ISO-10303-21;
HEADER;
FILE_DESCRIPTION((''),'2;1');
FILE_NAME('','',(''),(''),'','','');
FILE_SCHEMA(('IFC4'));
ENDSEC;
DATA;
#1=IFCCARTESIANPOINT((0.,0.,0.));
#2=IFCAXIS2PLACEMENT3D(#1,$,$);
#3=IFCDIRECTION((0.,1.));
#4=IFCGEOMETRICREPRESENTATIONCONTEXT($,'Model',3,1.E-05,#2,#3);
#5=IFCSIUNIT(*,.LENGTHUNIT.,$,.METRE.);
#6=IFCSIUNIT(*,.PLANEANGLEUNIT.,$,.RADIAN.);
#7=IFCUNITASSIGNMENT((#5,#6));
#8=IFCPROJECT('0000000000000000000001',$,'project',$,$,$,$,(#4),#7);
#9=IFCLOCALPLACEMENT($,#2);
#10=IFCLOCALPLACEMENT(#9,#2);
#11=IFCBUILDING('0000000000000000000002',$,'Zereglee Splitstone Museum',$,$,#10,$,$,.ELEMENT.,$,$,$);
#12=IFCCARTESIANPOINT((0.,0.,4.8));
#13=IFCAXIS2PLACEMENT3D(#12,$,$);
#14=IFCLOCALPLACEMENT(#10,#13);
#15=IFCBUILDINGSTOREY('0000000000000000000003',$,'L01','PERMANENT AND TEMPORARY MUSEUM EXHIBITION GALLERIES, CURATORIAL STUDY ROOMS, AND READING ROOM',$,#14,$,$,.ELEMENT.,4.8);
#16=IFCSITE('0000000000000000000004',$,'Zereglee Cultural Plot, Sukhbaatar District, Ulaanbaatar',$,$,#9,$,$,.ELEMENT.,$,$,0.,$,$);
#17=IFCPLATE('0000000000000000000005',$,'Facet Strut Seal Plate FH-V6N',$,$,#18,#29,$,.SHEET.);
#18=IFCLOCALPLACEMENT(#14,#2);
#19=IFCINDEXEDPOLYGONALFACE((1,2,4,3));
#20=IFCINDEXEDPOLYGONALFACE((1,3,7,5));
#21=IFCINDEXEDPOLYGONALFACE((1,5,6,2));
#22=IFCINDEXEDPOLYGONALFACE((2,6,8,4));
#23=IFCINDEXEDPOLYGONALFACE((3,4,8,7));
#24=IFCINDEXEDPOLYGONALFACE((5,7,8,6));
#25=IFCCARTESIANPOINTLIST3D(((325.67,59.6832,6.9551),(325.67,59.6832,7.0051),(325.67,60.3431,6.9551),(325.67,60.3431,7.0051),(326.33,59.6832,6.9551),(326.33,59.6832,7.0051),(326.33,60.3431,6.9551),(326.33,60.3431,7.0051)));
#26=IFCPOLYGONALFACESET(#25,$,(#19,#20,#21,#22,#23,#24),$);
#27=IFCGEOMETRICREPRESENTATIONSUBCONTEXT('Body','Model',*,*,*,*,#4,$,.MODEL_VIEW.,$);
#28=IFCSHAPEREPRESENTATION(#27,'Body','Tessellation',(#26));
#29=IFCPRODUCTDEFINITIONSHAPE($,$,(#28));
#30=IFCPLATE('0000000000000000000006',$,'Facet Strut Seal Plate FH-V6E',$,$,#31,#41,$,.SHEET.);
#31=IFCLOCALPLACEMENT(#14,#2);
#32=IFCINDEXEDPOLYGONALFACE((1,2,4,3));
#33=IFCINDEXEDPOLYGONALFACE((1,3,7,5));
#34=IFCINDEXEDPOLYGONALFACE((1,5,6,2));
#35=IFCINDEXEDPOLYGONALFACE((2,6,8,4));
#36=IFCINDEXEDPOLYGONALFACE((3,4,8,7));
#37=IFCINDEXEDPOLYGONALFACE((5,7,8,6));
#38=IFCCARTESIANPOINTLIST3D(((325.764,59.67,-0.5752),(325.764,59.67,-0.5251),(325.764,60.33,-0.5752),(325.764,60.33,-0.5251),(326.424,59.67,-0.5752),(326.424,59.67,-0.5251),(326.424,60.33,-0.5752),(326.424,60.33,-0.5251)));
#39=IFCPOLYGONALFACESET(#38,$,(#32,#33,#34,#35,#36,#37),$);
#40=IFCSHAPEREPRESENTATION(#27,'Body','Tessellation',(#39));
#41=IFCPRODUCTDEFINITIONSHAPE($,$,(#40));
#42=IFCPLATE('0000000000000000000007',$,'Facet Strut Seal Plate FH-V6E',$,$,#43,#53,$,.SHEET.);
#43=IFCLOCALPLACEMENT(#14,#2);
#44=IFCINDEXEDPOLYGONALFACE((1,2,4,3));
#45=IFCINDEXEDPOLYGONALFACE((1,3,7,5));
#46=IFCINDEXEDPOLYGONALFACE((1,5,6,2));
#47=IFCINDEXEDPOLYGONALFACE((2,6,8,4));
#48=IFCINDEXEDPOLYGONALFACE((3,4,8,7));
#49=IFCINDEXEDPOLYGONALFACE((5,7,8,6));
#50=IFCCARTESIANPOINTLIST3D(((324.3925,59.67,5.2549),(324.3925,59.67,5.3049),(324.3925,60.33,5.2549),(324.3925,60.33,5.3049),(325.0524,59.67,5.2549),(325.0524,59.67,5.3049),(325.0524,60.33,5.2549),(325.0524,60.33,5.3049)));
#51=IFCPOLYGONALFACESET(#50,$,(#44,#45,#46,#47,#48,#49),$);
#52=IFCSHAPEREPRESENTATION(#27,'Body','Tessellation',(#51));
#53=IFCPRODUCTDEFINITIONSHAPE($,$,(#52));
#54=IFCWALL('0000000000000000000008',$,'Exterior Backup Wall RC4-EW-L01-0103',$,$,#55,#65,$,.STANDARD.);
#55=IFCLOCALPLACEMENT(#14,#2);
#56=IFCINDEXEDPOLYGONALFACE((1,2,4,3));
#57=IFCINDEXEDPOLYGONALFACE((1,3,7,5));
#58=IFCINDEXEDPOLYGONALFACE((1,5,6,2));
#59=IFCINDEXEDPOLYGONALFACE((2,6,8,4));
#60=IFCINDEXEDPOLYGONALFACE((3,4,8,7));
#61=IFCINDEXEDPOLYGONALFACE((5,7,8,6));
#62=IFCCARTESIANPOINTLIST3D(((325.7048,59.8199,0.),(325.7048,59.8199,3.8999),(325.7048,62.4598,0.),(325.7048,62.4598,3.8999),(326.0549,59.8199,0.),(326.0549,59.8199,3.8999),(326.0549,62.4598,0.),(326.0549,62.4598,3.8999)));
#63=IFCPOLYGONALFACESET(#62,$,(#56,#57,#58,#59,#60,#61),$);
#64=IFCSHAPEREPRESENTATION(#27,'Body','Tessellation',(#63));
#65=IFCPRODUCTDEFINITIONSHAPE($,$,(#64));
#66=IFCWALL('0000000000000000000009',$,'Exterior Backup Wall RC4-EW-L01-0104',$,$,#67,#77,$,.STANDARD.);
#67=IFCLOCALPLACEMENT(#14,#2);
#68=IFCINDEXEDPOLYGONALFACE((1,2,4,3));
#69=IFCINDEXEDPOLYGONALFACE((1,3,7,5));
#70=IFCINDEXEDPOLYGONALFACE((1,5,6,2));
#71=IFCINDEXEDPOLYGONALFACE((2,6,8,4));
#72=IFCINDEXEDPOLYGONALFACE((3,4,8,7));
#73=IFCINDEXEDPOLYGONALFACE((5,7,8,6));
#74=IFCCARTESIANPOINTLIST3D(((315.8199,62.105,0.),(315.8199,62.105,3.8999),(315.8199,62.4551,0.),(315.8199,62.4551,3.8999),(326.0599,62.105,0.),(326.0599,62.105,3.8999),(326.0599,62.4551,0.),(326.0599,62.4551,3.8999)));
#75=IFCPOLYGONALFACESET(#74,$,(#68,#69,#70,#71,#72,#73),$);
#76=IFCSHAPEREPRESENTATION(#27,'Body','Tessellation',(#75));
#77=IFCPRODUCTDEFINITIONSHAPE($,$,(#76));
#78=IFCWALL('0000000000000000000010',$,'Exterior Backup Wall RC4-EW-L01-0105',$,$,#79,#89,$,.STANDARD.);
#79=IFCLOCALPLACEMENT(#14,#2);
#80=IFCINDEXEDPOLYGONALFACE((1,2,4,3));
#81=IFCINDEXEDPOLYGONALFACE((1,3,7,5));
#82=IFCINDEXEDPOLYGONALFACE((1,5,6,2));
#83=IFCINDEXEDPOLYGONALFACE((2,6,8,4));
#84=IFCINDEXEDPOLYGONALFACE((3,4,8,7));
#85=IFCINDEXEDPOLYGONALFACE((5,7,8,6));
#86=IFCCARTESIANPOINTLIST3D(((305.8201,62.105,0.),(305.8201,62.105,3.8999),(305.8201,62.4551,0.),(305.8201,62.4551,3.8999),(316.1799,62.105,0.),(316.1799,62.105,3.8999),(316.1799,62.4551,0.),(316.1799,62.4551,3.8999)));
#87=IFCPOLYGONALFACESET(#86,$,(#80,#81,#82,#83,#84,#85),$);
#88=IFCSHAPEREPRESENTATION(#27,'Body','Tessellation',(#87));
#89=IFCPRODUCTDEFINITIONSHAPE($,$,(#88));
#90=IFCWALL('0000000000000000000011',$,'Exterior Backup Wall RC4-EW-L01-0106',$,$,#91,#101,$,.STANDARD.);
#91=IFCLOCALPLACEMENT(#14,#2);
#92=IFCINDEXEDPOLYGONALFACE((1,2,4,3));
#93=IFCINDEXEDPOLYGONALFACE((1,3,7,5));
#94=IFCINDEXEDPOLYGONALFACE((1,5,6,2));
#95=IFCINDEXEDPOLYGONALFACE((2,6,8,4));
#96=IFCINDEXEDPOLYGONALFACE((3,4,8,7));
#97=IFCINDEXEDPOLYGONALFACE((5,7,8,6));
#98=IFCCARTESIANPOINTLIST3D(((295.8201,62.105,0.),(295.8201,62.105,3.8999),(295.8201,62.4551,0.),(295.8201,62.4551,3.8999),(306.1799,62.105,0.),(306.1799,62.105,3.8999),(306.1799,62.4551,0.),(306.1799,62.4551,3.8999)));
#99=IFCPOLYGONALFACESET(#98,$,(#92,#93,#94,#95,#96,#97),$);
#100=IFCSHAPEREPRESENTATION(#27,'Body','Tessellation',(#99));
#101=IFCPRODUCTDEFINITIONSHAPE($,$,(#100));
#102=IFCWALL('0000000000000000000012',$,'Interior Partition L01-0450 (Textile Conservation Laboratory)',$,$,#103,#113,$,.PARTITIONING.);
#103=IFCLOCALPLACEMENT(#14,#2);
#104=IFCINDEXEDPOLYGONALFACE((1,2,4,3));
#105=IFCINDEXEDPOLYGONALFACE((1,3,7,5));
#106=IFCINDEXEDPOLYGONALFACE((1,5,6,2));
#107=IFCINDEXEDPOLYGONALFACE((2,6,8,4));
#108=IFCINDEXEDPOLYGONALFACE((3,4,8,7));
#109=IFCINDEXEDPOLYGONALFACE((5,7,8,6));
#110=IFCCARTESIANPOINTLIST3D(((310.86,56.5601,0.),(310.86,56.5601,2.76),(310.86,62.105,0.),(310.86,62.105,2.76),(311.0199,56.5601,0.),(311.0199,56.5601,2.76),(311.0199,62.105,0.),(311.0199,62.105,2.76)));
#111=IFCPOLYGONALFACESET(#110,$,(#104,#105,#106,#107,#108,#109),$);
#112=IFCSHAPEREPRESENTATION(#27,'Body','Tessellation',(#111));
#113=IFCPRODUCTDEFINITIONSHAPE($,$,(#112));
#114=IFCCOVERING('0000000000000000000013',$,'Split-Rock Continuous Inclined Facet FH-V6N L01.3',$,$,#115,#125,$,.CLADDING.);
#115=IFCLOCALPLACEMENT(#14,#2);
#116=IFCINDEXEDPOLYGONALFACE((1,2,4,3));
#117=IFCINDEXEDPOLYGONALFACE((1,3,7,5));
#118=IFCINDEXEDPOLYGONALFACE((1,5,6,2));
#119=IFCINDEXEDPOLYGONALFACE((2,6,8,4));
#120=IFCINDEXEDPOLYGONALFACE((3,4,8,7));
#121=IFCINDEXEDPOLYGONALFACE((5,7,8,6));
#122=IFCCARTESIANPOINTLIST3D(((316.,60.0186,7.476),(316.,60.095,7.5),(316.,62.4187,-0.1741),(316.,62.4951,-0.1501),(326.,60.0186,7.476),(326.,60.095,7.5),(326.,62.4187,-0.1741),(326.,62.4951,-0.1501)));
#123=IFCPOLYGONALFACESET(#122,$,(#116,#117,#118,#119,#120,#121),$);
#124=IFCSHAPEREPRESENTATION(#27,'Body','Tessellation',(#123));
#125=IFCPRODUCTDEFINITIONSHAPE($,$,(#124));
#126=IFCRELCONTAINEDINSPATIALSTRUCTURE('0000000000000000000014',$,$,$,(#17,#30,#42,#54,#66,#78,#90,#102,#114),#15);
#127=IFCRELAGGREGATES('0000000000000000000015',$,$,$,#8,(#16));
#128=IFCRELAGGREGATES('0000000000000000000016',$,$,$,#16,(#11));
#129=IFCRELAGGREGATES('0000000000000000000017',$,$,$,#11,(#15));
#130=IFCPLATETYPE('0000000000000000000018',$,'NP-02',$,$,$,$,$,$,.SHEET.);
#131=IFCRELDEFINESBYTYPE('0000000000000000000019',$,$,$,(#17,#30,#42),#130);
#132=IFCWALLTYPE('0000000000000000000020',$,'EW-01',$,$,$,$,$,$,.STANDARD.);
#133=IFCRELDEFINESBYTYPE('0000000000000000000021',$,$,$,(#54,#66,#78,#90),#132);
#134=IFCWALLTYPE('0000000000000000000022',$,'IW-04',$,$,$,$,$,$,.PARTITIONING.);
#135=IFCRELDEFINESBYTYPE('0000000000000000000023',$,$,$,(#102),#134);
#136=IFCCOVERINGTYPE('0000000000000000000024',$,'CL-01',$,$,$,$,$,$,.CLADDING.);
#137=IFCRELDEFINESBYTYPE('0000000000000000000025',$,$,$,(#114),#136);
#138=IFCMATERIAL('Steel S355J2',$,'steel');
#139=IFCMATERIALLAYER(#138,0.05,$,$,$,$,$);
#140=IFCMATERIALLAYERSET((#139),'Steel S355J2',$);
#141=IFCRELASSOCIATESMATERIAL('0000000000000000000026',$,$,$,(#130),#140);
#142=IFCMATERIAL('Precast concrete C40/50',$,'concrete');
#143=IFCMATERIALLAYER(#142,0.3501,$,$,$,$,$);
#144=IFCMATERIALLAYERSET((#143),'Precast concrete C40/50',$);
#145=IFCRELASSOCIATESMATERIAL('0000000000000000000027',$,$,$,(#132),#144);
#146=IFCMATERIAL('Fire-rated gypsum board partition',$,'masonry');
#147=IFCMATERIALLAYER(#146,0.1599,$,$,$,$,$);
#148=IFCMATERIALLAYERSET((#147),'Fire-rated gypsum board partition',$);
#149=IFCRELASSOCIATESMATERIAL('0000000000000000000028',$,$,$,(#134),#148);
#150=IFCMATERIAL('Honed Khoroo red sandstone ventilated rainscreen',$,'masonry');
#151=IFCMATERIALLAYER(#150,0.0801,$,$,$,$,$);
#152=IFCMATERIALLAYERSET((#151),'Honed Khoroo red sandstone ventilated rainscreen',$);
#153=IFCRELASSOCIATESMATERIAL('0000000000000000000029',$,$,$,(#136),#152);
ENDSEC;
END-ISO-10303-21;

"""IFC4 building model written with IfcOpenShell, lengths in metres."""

from ifc_helpers import new_model, si_unit, direction, frame, frame_2d, origin, origin_2d, place, context, subcontext, project, spatial, polyline, rectangle, outline, extrude, material, layer, layer_set, type_object, element, save


model = new_model("IFC4")

# Units and contexts
model_context = context("Model", 3, precision=1e-05, world=origin(), true_north=direction((0.0, 1.0)))
body_context = subcontext(model_context, "Body", "Model", "MODEL_VIEW")
ifc_project = project(units=[si_unit("LENGTHUNIT", "METRE"), si_unit("PLANEANGLEUNIT", "RADIAN")], contexts=[model_context])

# Site, building, storey
site_placement = place(None, origin())
site = spatial("IfcSite", under=ifc_project, at=site_placement, Name="Zereglee Cultural Plot, Sukhbaatar District, Ulaanbaatar", CompositionType="ELEMENT", RefElevation=0.0)
building_placement = place(site_placement, origin())
building = spatial("IfcBuilding", under=site, at=building_placement, Name="Zereglee Splitstone Museum", CompositionType="ELEMENT")
storey_placement = place(building_placement, frame((0.0, 0.0, 4.8)))
storey = spatial("IfcBuildingStorey", under=building, at=storey_placement, Name="L01", Description="PERMANENT AND TEMPORARY MUSEUM EXHIBITION GALLERIES, CURATORIAL STUDY ROOMS, AND READING ROOM", CompositionType="ELEMENT", Elevation=4.8)

# Shared definitions
ifc_material_1 = material(Name="Steel S355J2", Category="steel")

# Plates
ifc_layer_1 = layer(ifc_material_1, 0.05)
ifc_layer_set_1 = layer_set([ifc_layer_1], Name="Steel S355J2")
plate_type_1 = type_object("IfcPlateType", Name="NP-02", PredefinedType="SHEET", material=ifc_layer_set_1)
for number, where, z_axis, x_axis, name in (
    (1, (326.0, 60.0132, 6.9551), (0.0, 0.0, 1.0), (1.0, 0.0, 0.0), "Facet Strut Seal Plate FH-V6N"),
    (2, (326.094, 60.0, -0.5752), (0.0, 0.0, 1.0), (1.0, 0.0, 0.0), "Facet Strut Seal Plate FH-V6E"),
    (3, (324.7224, 60.0, 5.2549), (0.0, 0.0, 1.0), (1.0, 0.0, 0.0), "Facet Strut Seal Plate FH-V6E"),
):
    element("IfcPlate", number, at=place(storey_placement, frame(where, z_axis=z_axis, x_axis=x_axis)), inside=storey, type_object=plate_type_1, Name=name, PredefinedType="SHEET", context=body_context, shape_type="SweptSolid", body=[
        extrude(rectangle(XDim=0.6599, YDim=0.6599, at=origin_2d()), origin(), (0.0, 0.0, 1.0), 0.05),
    ])

# Walls
ifc_material_2 = material(Name="Precast concrete C40/50", Category="concrete")
ifc_layer_2 = layer(ifc_material_2, 0.3501)
ifc_layer_set_2 = layer_set([ifc_layer_2], Name="Precast concrete C40/50")
wall_type_1 = type_object("IfcWallType", Name="EW-01", PredefinedType="STANDARD", material=ifc_layer_set_2)
wall_1_placement = place(storey_placement, frame((325.8799, 59.8201, 0.0), z_axis=(0.0, 0.0, 1.0), x_axis=(0.0, 1.0, 0.0)))
element("IfcWall", 4, at=wall_1_placement, inside=storey, type_object=wall_type_1, Name="Exterior Backup Wall RC4-EW-L01-0103", PredefinedType="STANDARD", context=body_context, shape_type="SweptSolid", body=[
    extrude(rectangle(XDim=2.6399, YDim=0.3501, at=frame_2d((1.3198, 0.0))), origin(), (0.0, 0.0, 1.0), 3.8999),
])
wall_2_placement = place(storey_placement, frame((326.0601, 62.28, 0.0), z_axis=(0.0, 0.0, 1.0), x_axis=(-1.0, 0.0, 0.0)))
element("IfcWall", 5, at=wall_2_placement, inside=storey, type_object=wall_type_1, Name="Exterior Backup Wall RC4-EW-L01-0104", PredefinedType="STANDARD", context=body_context, shape_type="SweptSolid", body=[
    extrude(rectangle(XDim=10.24, YDim=0.3501, at=frame_2d((5.1201, 0.0))), origin(), (0.0, 0.0, 1.0), 3.8999),
])
for number, where, z_axis, x_axis, name in (
    (6, (316.1799, 62.28, 0.0), (0.0, 0.0, 1.0), (-1.0, 0.0, 0.0), "Exterior Backup Wall RC4-EW-L01-0105"),
    (7, (306.1799, 62.28, 0.0), (0.0, 0.0, 1.0), (-1.0, 0.0, 0.0), "Exterior Backup Wall RC4-EW-L01-0106"),
):
    element("IfcWall", number, at=place(storey_placement, frame(where, z_axis=z_axis, x_axis=x_axis)), inside=storey, type_object=wall_type_1, Name=name, PredefinedType="STANDARD", context=body_context, shape_type="SweptSolid", body=[
        extrude(rectangle(XDim=10.3599, YDim=0.3501, at=frame_2d((5.1799, 0.0))), origin(), (0.0, 0.0, 1.0), 3.8999),
    ])
ifc_material_3 = material(Name="Fire-rated gypsum board partition", Category="masonry")
ifc_layer_3 = layer(ifc_material_3, 0.1599)
ifc_layer_set_3 = layer_set([ifc_layer_3], Name="Fire-rated gypsum board partition")
wall_type_2 = type_object("IfcWallType", Name="IW-04", PredefinedType="PARTITIONING", material=ifc_layer_set_3)
wall_3_placement = place(storey_placement, frame((310.9399, 56.5601, 0.0), z_axis=(0.0, 0.0, 1.0), x_axis=(0.0, 1.0, 0.0)))
element("IfcWall", 8, at=wall_3_placement, inside=storey, type_object=wall_type_2, Name="Interior Partition L01-0450 (Textile Conservation Laboratory)", PredefinedType="PARTITIONING", context=body_context, shape_type="SweptSolid", body=[
    extrude(rectangle(XDim=5.5449, YDim=0.1599, at=frame_2d((2.7725, 0.0))), origin(), (0.0, 0.0, 1.0), 2.76),
])

# Covering
ifc_material_4 = material(Name="Honed Khoroo red sandstone ventilated rainscreen", Category="masonry")
ifc_layer_4 = layer(ifc_material_4, 0.0801)
ifc_layer_set_4 = layer_set([ifc_layer_4], Name="Honed Khoroo red sandstone ventilated rainscreen")
covering_type = type_object("IfcCoveringType", Name="CL-01", PredefinedType="CLADDING", material=ifc_layer_set_4)
covering_placement = place(storey_placement, frame((316.0, 60.095, 7.5), z_axis=(0.0, 0.954143, 0.299351), x_axis=(1.0, 0.0, 0.0)))
element("IfcCovering", 9, at=covering_placement, inside=storey, type_object=covering_type, Name="Split-Rock Continuous Inclined Facet FH-V6N L01.3", PredefinedType="CLADDING", context=body_context, shape_type="SweptSolid", body=[
    extrude(outline(polyline([(0.0, 0.0), (10.0, 0.0), (10.0, 8.0178), (0.0, 8.0178), (0.0, 0.0)])), origin(), (0.0, 0.0, -1.0), 0.0801),
])

save(model, "model.ifc")
